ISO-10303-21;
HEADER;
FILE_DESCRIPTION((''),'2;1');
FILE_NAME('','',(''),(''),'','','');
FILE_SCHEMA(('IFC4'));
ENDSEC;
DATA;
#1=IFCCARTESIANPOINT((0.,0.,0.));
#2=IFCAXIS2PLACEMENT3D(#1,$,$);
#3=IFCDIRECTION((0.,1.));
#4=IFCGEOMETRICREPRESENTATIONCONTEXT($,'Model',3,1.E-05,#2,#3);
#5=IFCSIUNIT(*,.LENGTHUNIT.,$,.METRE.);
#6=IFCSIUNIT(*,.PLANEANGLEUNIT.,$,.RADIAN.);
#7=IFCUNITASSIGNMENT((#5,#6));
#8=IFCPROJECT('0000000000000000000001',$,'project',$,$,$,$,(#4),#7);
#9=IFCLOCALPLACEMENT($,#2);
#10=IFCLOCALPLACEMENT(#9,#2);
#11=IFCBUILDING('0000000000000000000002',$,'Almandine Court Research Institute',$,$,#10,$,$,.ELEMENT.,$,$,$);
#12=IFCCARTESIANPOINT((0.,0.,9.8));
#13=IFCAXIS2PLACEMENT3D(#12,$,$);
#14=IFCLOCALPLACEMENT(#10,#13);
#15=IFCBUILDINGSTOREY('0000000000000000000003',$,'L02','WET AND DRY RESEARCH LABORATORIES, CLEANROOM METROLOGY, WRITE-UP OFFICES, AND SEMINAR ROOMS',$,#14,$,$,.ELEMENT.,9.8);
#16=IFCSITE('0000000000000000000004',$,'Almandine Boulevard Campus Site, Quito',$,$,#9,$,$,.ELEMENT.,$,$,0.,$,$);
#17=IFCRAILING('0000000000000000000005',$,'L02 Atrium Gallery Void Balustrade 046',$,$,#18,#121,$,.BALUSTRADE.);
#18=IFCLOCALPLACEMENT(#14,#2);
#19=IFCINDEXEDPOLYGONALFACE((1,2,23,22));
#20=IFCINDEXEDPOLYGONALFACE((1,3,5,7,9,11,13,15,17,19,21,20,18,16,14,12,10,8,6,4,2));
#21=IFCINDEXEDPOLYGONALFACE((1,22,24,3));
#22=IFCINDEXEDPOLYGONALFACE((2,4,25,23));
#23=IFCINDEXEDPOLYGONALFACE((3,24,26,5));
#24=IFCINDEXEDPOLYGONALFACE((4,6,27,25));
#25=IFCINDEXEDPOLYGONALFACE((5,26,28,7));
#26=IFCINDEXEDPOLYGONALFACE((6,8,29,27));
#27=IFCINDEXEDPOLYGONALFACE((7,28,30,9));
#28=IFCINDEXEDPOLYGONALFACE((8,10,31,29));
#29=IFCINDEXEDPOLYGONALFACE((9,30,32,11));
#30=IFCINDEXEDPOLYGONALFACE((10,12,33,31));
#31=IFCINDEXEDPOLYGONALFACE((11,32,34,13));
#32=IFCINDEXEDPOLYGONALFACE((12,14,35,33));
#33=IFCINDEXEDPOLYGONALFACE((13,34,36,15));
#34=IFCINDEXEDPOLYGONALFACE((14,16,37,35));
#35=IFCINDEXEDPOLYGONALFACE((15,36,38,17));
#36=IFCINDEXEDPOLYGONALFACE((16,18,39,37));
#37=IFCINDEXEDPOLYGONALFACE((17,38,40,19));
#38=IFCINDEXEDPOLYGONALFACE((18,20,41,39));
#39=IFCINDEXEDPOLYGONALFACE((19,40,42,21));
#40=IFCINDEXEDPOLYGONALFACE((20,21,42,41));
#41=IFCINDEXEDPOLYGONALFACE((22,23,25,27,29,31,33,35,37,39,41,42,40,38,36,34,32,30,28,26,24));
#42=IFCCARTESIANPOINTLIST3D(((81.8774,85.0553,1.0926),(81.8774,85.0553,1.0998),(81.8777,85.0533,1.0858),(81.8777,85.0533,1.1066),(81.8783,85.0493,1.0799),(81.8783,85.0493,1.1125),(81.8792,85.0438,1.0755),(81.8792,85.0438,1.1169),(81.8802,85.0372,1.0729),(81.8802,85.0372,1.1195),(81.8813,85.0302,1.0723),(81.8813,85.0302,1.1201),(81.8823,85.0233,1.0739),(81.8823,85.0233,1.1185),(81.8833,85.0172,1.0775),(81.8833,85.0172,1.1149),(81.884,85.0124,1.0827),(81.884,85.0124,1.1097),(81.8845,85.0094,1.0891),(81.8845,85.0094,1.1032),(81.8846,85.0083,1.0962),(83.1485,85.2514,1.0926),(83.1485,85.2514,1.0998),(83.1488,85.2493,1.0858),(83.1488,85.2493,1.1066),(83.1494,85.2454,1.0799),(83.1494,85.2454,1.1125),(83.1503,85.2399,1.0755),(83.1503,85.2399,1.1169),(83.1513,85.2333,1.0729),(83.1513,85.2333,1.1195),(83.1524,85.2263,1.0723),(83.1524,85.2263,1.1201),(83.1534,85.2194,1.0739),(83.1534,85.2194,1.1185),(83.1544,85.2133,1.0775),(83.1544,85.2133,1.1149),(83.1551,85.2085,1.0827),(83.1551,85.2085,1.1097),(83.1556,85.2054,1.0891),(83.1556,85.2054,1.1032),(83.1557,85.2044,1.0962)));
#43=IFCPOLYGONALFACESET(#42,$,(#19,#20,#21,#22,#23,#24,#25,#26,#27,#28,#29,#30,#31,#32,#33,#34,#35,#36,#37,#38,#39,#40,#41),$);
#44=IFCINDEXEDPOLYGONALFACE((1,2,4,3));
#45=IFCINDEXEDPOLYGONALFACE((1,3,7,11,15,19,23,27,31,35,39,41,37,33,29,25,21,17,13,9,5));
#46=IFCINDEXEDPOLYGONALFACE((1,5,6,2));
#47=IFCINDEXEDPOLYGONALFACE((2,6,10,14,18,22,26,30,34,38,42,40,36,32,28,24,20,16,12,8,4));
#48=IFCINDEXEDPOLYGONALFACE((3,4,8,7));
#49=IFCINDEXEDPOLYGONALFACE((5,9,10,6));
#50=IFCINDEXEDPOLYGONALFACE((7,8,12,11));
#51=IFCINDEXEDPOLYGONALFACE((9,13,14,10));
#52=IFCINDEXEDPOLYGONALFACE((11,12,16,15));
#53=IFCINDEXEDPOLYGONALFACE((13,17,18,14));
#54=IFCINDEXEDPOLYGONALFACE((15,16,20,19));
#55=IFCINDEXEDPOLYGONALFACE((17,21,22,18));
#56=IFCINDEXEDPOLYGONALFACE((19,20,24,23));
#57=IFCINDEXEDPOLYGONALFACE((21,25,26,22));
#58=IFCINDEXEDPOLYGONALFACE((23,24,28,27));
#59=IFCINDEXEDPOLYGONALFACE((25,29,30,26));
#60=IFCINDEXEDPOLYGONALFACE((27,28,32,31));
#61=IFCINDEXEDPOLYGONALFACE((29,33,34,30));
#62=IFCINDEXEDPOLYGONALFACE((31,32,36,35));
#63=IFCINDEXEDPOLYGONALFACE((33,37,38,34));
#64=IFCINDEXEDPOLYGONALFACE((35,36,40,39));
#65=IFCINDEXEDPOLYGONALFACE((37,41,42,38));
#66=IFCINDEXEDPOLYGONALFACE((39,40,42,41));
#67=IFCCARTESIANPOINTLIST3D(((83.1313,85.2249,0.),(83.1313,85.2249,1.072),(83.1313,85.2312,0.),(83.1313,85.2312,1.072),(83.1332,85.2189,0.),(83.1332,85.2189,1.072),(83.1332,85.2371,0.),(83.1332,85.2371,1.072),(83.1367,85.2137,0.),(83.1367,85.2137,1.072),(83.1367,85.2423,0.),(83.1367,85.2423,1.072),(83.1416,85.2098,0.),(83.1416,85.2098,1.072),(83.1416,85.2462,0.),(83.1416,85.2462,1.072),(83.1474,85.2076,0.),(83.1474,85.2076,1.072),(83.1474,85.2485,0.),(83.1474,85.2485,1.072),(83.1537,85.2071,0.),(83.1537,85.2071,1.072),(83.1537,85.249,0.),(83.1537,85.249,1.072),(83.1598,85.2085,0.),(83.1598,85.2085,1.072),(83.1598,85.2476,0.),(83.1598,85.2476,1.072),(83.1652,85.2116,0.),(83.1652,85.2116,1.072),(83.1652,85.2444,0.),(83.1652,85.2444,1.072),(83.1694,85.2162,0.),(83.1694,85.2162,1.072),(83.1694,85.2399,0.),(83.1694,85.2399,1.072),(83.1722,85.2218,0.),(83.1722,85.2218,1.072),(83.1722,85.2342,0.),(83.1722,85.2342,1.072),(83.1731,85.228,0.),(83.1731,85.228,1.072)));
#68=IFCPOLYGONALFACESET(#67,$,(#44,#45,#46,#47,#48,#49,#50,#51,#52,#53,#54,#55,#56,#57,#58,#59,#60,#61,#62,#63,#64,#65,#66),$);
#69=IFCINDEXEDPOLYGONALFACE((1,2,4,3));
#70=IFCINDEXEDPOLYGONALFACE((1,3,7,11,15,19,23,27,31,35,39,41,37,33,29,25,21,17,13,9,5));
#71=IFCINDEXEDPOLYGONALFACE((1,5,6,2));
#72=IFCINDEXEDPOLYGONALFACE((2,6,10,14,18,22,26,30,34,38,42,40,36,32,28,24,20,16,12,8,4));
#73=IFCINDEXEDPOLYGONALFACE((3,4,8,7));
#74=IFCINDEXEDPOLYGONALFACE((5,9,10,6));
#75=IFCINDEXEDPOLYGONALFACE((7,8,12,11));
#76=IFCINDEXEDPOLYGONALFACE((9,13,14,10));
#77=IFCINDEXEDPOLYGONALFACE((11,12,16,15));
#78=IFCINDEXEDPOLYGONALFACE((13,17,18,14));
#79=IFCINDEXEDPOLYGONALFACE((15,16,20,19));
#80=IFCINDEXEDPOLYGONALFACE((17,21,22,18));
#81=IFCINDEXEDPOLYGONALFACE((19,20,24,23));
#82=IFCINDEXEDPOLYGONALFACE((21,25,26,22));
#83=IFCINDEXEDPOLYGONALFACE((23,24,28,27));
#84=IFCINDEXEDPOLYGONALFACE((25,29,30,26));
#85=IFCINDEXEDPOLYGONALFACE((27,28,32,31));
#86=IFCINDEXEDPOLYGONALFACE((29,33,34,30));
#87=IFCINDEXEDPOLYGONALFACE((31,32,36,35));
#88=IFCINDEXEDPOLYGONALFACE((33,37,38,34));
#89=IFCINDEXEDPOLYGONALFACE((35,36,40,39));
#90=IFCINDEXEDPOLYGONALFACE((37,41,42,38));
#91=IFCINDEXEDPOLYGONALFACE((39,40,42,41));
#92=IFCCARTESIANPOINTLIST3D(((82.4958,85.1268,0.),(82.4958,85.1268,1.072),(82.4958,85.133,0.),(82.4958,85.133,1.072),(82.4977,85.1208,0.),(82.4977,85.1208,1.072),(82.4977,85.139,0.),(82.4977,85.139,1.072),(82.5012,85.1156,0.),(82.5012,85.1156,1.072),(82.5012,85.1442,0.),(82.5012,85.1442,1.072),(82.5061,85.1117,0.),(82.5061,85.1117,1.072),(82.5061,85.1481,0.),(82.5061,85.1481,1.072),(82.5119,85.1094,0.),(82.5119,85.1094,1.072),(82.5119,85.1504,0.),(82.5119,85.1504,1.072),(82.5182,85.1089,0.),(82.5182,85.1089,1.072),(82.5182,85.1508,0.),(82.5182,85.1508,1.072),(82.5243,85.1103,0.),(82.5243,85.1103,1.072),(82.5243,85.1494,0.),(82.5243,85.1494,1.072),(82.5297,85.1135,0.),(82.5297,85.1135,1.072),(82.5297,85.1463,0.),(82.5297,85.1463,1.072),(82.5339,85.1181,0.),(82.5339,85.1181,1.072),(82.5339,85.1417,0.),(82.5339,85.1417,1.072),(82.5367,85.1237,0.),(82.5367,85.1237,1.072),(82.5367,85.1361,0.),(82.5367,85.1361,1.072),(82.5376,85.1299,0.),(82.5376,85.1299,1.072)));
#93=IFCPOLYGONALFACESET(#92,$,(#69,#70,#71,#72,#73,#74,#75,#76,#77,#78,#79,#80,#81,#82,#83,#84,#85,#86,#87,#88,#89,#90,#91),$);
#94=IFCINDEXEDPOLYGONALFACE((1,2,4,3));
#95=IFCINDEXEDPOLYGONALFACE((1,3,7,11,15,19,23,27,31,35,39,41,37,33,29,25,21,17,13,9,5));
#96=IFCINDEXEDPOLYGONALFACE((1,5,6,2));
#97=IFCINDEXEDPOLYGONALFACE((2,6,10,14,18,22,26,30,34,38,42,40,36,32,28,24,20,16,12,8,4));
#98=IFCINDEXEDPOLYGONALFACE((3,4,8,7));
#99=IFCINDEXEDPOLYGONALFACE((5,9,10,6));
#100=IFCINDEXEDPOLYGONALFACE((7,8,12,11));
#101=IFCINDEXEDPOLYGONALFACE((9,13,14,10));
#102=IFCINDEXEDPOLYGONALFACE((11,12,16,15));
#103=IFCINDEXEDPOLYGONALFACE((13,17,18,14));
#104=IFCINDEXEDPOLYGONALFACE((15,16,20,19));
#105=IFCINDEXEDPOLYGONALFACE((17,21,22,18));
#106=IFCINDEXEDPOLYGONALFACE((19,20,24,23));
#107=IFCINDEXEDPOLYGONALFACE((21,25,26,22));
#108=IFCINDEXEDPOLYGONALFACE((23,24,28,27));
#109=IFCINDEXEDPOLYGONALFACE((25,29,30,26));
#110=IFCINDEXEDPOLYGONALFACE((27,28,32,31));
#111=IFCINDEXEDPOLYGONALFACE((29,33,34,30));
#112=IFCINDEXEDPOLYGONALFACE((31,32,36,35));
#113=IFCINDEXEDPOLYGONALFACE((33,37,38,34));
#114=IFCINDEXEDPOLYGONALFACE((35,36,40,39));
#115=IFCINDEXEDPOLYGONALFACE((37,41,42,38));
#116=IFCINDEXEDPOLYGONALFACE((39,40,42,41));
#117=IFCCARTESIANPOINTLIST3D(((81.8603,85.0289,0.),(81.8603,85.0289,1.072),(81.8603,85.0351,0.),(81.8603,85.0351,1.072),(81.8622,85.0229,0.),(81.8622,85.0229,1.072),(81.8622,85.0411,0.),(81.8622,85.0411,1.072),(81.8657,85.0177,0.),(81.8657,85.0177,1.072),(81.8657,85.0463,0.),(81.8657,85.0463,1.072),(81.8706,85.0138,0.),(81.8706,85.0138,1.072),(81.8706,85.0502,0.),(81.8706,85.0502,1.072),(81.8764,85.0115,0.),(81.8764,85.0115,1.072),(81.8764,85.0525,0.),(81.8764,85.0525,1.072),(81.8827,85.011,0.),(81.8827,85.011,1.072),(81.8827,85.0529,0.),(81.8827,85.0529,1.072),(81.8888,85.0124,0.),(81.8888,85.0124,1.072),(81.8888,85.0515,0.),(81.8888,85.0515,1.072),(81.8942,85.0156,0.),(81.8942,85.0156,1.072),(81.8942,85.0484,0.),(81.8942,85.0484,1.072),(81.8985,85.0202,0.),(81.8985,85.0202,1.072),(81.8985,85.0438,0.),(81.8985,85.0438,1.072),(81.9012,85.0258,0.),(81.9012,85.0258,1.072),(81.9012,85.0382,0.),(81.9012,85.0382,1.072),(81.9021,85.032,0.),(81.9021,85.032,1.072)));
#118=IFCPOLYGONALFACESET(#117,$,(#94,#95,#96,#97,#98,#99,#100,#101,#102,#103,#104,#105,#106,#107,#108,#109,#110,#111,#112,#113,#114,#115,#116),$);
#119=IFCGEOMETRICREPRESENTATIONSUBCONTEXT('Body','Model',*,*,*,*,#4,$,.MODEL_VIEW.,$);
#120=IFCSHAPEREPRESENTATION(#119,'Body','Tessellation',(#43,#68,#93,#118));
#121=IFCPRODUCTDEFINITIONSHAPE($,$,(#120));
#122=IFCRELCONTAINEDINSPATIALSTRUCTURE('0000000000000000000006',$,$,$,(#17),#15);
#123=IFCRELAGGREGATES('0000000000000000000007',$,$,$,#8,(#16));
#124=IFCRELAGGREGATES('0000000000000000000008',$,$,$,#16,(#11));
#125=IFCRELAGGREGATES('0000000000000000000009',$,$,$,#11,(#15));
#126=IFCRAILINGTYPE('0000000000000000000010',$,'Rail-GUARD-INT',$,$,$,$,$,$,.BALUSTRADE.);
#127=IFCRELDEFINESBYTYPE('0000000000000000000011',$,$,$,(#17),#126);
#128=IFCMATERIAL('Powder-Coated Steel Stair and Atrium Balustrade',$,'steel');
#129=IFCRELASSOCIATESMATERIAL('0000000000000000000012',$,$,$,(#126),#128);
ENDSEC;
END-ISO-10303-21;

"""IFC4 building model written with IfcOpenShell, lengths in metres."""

from ifc_helpers import new_model, si_unit, direction, frame, origin, origin_2d, place, context, subcontext, project, spatial, circle, extrude, material, type_object, element, save


model = new_model("IFC4")

# Units and contexts
model_context = context("Model", 3, precision=1e-05, world=origin(), true_north=direction((0.0, 1.0)))
body_context = subcontext(model_context, "Body", "Model", "MODEL_VIEW")
ifc_project = project(units=[si_unit("LENGTHUNIT", "METRE"), si_unit("PLANEANGLEUNIT", "RADIAN")], contexts=[model_context])

# Site, building, storey
site_placement = place(None, origin())
site = spatial("IfcSite", under=ifc_project, at=site_placement, Name="Almandine Boulevard Campus Site, Quito", CompositionType="ELEMENT", RefElevation=0.0)
building_placement = place(site_placement, origin())
building = spatial("IfcBuilding", under=site, at=building_placement, Name="Almandine Court Research Institute", CompositionType="ELEMENT")
storey_placement = place(building_placement, frame((0.0, 0.0, 9.8)))
storey = spatial("IfcBuildingStorey", under=building, at=storey_placement, Name="L02", Description="WET AND DRY RESEARCH LABORATORIES, CLEANROOM METROLOGY, WRITE-UP OFFICES, AND SEMINAR ROOMS", CompositionType="ELEMENT", Elevation=9.8)

# Railing
ifc_material_1 = material(Name="Powder-Coated Steel Stair and Atrium Balustrade", Category="steel")
railing_type_1 = type_object("IfcRailingType", Name="Rail-GUARD-INT", PredefinedType="BALUSTRADE", material=ifc_material_1)
railing_1_placement = place(storey_placement, frame((83.1521, 85.228, 0.0)))
element("IfcRailing", 1, at=railing_1_placement, inside=storey, type_object=railing_type_1, Name="L02 Atrium Gallery Void Balustrade 046", PredefinedType="BALUSTRADE", context=body_context, shape_type="SweptSolid", body=[
    extrude(circle(Radius=0.0239, at=origin_2d()), frame((0.0, 0.0, 1.0962), z_axis=(-0.988312, -0.152442, 0.0), x_axis=(0.152442, -0.988312, 0.0)), (0.0, 0.0, 1.0), 1.2861),
    extrude(circle(Radius=0.021, at=origin_2d()), origin(), (0.0, 0.0, 1.0), 1.072),
    extrude(circle(Radius=0.021, at=origin_2d()), frame((-0.6355, -0.0981, 0.0)), (0.0, 0.0, 1.0), 1.072),
    extrude(circle(Radius=0.021, at=origin_2d()), frame((-1.271, -0.196, 0.0)), (0.0, 0.0, 1.0), 1.072),
])

save(model, "model.ifc")
